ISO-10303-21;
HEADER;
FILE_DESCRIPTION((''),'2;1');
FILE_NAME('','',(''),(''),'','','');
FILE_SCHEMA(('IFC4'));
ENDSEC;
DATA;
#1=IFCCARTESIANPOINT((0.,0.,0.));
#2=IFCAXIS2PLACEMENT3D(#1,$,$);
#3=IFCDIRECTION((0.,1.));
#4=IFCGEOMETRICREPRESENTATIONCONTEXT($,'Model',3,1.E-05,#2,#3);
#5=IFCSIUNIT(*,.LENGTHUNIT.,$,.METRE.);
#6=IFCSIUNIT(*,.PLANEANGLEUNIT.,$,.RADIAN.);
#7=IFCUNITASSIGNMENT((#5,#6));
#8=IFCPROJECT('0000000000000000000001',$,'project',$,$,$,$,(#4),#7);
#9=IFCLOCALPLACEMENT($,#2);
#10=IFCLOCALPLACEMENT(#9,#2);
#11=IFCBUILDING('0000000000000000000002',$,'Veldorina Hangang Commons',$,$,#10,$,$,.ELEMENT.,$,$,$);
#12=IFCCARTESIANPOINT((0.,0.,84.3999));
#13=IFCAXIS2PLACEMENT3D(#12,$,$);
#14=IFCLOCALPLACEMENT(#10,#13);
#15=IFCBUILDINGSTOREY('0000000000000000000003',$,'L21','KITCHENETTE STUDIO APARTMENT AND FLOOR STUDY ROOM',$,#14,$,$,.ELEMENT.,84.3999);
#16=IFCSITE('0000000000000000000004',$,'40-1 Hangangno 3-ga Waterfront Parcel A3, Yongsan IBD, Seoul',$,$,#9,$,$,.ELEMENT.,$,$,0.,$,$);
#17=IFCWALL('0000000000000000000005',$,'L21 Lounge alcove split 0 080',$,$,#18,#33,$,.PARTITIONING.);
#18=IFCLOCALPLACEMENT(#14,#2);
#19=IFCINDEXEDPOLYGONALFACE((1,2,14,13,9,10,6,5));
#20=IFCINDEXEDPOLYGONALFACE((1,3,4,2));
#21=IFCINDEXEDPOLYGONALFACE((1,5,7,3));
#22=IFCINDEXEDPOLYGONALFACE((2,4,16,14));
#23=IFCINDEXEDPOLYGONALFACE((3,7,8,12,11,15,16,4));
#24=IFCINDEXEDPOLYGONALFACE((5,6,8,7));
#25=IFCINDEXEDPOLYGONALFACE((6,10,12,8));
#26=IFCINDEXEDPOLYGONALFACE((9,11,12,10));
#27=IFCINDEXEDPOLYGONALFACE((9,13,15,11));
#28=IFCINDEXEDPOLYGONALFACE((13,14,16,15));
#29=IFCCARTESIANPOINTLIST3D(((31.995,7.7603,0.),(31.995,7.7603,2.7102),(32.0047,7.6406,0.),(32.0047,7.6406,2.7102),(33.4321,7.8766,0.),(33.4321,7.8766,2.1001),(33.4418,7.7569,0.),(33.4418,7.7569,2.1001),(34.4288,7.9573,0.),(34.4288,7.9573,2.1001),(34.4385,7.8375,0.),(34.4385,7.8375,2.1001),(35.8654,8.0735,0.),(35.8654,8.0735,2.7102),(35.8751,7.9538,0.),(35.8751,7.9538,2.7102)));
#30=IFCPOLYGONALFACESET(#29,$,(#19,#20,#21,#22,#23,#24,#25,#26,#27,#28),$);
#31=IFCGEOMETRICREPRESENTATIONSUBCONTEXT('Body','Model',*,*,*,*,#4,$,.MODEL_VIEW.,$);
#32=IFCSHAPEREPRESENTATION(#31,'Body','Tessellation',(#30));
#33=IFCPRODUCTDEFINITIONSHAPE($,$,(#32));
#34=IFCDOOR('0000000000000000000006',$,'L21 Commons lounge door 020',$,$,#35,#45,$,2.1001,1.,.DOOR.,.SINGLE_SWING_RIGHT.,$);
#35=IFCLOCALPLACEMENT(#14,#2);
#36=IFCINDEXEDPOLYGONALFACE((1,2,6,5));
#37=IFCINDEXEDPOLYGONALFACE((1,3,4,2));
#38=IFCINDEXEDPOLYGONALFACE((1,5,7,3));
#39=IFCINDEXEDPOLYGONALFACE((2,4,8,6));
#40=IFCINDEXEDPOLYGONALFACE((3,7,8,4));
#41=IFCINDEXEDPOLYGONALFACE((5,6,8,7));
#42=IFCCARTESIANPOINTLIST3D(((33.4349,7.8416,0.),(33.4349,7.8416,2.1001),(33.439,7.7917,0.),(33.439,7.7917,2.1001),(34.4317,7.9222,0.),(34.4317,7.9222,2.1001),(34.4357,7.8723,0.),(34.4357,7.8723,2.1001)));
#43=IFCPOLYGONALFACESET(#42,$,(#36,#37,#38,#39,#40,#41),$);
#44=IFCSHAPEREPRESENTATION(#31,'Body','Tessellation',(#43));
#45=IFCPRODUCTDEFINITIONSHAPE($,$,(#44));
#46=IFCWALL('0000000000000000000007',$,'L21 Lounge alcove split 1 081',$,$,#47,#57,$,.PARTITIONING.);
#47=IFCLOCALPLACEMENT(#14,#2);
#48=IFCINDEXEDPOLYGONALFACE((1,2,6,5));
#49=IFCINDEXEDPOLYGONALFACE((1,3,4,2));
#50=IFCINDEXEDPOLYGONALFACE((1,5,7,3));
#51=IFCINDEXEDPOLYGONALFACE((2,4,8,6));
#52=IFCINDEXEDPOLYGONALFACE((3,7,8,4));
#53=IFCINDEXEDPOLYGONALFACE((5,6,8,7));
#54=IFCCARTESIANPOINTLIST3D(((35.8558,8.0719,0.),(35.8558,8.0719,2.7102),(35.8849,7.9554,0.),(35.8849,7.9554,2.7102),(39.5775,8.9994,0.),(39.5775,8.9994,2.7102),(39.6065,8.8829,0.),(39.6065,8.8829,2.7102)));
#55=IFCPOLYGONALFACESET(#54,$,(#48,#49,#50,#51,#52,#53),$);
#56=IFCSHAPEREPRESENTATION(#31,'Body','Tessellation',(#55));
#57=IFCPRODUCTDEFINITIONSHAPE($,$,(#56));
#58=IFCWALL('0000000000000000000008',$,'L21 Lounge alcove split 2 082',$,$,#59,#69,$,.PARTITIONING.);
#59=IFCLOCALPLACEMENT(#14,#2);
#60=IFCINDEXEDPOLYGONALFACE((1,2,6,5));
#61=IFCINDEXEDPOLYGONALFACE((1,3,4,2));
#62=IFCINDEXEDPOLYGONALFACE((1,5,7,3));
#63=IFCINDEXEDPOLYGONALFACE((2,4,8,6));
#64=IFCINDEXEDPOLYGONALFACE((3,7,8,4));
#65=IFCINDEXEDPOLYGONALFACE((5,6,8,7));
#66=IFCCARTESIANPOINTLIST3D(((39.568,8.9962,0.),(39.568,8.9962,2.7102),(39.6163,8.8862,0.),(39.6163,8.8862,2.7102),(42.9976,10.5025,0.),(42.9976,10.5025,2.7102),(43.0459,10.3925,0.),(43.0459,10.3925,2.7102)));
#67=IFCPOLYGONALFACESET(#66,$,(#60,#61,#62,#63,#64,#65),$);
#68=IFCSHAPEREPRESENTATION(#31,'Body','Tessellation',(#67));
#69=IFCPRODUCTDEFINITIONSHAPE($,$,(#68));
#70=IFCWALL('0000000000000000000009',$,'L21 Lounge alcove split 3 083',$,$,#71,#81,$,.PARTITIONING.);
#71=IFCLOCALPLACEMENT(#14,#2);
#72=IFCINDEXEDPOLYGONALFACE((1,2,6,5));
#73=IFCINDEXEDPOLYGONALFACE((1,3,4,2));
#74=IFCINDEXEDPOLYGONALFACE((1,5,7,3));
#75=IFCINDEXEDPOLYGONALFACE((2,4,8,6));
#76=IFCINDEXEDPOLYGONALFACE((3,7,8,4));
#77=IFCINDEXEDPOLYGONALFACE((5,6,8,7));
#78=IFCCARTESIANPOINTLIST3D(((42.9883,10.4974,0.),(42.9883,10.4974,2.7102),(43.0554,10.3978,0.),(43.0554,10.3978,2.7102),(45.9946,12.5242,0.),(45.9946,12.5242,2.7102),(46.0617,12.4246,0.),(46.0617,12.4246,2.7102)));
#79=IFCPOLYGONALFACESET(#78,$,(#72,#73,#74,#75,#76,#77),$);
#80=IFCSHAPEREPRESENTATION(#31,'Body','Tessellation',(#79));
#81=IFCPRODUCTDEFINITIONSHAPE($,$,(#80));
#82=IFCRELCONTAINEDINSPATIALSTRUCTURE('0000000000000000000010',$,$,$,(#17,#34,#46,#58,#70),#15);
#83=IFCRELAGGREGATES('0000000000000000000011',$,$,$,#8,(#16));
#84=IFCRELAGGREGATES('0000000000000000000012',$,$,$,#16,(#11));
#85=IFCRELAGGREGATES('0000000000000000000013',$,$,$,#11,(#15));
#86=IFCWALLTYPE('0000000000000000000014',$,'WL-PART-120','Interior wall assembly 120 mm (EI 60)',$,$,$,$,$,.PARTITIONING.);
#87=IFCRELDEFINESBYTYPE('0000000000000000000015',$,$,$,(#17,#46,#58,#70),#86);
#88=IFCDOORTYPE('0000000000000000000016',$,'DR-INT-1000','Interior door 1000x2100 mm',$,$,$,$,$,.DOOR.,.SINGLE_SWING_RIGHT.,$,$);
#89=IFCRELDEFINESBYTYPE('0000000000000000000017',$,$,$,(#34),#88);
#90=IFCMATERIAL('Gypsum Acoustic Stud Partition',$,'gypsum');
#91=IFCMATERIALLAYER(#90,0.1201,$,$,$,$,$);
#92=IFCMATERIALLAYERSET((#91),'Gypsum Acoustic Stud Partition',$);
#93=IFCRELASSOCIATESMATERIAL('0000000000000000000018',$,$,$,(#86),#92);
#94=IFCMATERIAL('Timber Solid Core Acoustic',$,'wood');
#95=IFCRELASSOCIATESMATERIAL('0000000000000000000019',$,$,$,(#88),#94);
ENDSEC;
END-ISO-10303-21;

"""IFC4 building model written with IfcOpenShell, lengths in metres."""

from ifc_helpers import new_model, si_unit, direction, frame, frame_2d, origin, place, context, subcontext, project, spatial, rectangle, extrude, material, layer, layer_set, type_object, element, fill, save


model = new_model("IFC4")

# Units and contexts
model_context = context("Model", 3, precision=1e-05, world=origin(), true_north=direction((0.0, 1.0)))
body_context = subcontext(model_context, "Body", "Model", "MODEL_VIEW")
ifc_project = project(units=[si_unit("LENGTHUNIT", "METRE"), si_unit("PLANEANGLEUNIT", "RADIAN")], contexts=[model_context])

# Site, building, storey
site_placement = place(None, origin())
site = spatial("IfcSite", under=ifc_project, at=site_placement, Name="40-1 Hangangno 3-ga Waterfront Parcel A3, Yongsan IBD, Seoul", CompositionType="ELEMENT", RefElevation=0.0)
building_placement = place(site_placement, origin())
building = spatial("IfcBuilding", under=site, at=building_placement, Name="Veldorina Hangang Commons", CompositionType="ELEMENT")
storey_placement = place(building_placement, frame((0.0, 0.0, 84.3999)))
storey = spatial("IfcBuildingStorey", under=building, at=storey_placement, Name="L21", Description="KITCHENETTE STUDIO APARTMENT AND FLOOR STUDY ROOM", CompositionType="ELEMENT", Elevation=84.3999)

# Wall, opening, door
ifc_material_1 = material(Name="Gypsum Acoustic Stud Partition", Category="gypsum")
ifc_layer_1 = layer(ifc_material_1, 0.1201)
ifc_layer_set_1 = layer_set([ifc_layer_1], Name="Gypsum Acoustic Stud Partition")
wall_type_1 = type_object("IfcWallType", Name="WL-PART-120", Description="Interior wall assembly 120 mm (EI 60)", PredefinedType="PARTITIONING", material=ifc_layer_set_1)
wall_1_placement = place(storey_placement, frame((32.0, 7.7004, 0.0), z_axis=(0.0, 0.0, 1.0), x_axis=(0.996741, 0.080667, 0.0)))
wall_1 = element("IfcWall", 1, at=wall_1_placement, inside=storey, type_object=wall_type_1, Name="L21 Lounge alcove split 0 080", PredefinedType="PARTITIONING", context=body_context, shape_type="SweptSolid", body=[
    extrude(rectangle(XDim=3.8831, YDim=0.1201, at=frame_2d((1.9414, 0.0))), origin(), (0.0, 0.0, 1.0), 2.7102),
])
opening_1_placement = place(wall_1_placement, frame((1.4417, 0.0, 0.0)))
opening_1 = element("IfcOpeningElement", 2, at=opening_1_placement, cuts=wall_1, PredefinedType="OPENING", context=body_context, shape_type="SweptSolid", body=[
    extrude(rectangle(XDim=1.0, YDim=2.1001, at=frame_2d((0.5, 1.05))), frame((0.0, 0.0701, 0.0), z_axis=(0.0, -1.0, 0.0), x_axis=(1.0, 0.0, 0.0)), (0.0, 0.0, 1.0), 0.1401),
])
ifc_material_2 = material(Name="Timber Solid Core Acoustic", Category="wood")
door_type_1 = type_object("IfcDoorType", Name="DR-INT-1000", Description="Interior door 1000x2100 mm", OperationType="SINGLE_SWING_RIGHT", PredefinedType="DOOR", material=ifc_material_2)
door_1_placement = place(opening_1_placement, origin())
door_1 = element("IfcDoor", 3, at=door_1_placement, inside=storey, type_object=door_type_1, Name="L21 Commons lounge door 020", OperationType="SINGLE_SWING_RIGHT", OverallHeight=2.1001, OverallWidth=1.0, PredefinedType="DOOR", context=body_context, shape_type="SweptSolid", body=[
    extrude(rectangle(XDim=1.0, YDim=2.1001, at=frame_2d((0.5, 1.05))), frame((0.0, 0.0249, 0.0), z_axis=(0.0, -1.0, 0.0), x_axis=(1.0, 0.0, 0.0)), (0.0, 0.0, 1.0), 0.05),
])
fill(opening_1, door_1)

# Walls
wall_2_placement = place(storey_placement, frame((35.8704, 8.0137, 0.0), z_axis=(0.0, 0.0, 1.0), x_axis=(0.970322, 0.241817, 0.0)))
element("IfcWall", 4, at=wall_2_placement, inside=storey, type_object=wall_type_1, Name="L21 Lounge alcove split 1 081", PredefinedType="PARTITIONING", context=body_context, shape_type="SweptSolid", body=[
    extrude(rectangle(XDim=3.8354, YDim=0.1201, at=frame_2d((1.9177, 0.0))), origin(), (0.0, 0.0, 1.0), 2.7102),
])
wall_3_placement = place(storey_placement, frame((39.592, 8.9412, 0.0), z_axis=(0.0, 0.0, 1.0), x_axis=(0.915582, 0.402131, 0.0)))
element("IfcWall", 5, at=wall_3_placement, inside=storey, type_object=wall_type_1, Name="L21 Lounge alcove split 2 082", PredefinedType="PARTITIONING", context=body_context, shape_type="SweptSolid", body=[
    extrude(rectangle(XDim=3.7458, YDim=0.1201, at=frame_2d((1.873, 0.0))), origin(), (0.0, 0.0, 1.0), 2.7102),
])
wall_4_placement = place(storey_placement, frame((43.0217, 10.4475, 0.0), z_axis=(0.0, 0.0, 1.0), x_axis=(0.829159, 0.559012, 0.0)))
element("IfcWall", 6, at=wall_4_placement, inside=storey, type_object=wall_type_1, Name="L21 Lounge alcove split 3 083", PredefinedType="PARTITIONING", context=body_context, shape_type="SweptSolid", body=[
    extrude(rectangle(XDim=3.6257, YDim=0.1201, at=frame_2d((1.813, 0.0))), origin(), (0.0, 0.0, 1.0), 2.7102),
])

save(model, "model.ifc")
